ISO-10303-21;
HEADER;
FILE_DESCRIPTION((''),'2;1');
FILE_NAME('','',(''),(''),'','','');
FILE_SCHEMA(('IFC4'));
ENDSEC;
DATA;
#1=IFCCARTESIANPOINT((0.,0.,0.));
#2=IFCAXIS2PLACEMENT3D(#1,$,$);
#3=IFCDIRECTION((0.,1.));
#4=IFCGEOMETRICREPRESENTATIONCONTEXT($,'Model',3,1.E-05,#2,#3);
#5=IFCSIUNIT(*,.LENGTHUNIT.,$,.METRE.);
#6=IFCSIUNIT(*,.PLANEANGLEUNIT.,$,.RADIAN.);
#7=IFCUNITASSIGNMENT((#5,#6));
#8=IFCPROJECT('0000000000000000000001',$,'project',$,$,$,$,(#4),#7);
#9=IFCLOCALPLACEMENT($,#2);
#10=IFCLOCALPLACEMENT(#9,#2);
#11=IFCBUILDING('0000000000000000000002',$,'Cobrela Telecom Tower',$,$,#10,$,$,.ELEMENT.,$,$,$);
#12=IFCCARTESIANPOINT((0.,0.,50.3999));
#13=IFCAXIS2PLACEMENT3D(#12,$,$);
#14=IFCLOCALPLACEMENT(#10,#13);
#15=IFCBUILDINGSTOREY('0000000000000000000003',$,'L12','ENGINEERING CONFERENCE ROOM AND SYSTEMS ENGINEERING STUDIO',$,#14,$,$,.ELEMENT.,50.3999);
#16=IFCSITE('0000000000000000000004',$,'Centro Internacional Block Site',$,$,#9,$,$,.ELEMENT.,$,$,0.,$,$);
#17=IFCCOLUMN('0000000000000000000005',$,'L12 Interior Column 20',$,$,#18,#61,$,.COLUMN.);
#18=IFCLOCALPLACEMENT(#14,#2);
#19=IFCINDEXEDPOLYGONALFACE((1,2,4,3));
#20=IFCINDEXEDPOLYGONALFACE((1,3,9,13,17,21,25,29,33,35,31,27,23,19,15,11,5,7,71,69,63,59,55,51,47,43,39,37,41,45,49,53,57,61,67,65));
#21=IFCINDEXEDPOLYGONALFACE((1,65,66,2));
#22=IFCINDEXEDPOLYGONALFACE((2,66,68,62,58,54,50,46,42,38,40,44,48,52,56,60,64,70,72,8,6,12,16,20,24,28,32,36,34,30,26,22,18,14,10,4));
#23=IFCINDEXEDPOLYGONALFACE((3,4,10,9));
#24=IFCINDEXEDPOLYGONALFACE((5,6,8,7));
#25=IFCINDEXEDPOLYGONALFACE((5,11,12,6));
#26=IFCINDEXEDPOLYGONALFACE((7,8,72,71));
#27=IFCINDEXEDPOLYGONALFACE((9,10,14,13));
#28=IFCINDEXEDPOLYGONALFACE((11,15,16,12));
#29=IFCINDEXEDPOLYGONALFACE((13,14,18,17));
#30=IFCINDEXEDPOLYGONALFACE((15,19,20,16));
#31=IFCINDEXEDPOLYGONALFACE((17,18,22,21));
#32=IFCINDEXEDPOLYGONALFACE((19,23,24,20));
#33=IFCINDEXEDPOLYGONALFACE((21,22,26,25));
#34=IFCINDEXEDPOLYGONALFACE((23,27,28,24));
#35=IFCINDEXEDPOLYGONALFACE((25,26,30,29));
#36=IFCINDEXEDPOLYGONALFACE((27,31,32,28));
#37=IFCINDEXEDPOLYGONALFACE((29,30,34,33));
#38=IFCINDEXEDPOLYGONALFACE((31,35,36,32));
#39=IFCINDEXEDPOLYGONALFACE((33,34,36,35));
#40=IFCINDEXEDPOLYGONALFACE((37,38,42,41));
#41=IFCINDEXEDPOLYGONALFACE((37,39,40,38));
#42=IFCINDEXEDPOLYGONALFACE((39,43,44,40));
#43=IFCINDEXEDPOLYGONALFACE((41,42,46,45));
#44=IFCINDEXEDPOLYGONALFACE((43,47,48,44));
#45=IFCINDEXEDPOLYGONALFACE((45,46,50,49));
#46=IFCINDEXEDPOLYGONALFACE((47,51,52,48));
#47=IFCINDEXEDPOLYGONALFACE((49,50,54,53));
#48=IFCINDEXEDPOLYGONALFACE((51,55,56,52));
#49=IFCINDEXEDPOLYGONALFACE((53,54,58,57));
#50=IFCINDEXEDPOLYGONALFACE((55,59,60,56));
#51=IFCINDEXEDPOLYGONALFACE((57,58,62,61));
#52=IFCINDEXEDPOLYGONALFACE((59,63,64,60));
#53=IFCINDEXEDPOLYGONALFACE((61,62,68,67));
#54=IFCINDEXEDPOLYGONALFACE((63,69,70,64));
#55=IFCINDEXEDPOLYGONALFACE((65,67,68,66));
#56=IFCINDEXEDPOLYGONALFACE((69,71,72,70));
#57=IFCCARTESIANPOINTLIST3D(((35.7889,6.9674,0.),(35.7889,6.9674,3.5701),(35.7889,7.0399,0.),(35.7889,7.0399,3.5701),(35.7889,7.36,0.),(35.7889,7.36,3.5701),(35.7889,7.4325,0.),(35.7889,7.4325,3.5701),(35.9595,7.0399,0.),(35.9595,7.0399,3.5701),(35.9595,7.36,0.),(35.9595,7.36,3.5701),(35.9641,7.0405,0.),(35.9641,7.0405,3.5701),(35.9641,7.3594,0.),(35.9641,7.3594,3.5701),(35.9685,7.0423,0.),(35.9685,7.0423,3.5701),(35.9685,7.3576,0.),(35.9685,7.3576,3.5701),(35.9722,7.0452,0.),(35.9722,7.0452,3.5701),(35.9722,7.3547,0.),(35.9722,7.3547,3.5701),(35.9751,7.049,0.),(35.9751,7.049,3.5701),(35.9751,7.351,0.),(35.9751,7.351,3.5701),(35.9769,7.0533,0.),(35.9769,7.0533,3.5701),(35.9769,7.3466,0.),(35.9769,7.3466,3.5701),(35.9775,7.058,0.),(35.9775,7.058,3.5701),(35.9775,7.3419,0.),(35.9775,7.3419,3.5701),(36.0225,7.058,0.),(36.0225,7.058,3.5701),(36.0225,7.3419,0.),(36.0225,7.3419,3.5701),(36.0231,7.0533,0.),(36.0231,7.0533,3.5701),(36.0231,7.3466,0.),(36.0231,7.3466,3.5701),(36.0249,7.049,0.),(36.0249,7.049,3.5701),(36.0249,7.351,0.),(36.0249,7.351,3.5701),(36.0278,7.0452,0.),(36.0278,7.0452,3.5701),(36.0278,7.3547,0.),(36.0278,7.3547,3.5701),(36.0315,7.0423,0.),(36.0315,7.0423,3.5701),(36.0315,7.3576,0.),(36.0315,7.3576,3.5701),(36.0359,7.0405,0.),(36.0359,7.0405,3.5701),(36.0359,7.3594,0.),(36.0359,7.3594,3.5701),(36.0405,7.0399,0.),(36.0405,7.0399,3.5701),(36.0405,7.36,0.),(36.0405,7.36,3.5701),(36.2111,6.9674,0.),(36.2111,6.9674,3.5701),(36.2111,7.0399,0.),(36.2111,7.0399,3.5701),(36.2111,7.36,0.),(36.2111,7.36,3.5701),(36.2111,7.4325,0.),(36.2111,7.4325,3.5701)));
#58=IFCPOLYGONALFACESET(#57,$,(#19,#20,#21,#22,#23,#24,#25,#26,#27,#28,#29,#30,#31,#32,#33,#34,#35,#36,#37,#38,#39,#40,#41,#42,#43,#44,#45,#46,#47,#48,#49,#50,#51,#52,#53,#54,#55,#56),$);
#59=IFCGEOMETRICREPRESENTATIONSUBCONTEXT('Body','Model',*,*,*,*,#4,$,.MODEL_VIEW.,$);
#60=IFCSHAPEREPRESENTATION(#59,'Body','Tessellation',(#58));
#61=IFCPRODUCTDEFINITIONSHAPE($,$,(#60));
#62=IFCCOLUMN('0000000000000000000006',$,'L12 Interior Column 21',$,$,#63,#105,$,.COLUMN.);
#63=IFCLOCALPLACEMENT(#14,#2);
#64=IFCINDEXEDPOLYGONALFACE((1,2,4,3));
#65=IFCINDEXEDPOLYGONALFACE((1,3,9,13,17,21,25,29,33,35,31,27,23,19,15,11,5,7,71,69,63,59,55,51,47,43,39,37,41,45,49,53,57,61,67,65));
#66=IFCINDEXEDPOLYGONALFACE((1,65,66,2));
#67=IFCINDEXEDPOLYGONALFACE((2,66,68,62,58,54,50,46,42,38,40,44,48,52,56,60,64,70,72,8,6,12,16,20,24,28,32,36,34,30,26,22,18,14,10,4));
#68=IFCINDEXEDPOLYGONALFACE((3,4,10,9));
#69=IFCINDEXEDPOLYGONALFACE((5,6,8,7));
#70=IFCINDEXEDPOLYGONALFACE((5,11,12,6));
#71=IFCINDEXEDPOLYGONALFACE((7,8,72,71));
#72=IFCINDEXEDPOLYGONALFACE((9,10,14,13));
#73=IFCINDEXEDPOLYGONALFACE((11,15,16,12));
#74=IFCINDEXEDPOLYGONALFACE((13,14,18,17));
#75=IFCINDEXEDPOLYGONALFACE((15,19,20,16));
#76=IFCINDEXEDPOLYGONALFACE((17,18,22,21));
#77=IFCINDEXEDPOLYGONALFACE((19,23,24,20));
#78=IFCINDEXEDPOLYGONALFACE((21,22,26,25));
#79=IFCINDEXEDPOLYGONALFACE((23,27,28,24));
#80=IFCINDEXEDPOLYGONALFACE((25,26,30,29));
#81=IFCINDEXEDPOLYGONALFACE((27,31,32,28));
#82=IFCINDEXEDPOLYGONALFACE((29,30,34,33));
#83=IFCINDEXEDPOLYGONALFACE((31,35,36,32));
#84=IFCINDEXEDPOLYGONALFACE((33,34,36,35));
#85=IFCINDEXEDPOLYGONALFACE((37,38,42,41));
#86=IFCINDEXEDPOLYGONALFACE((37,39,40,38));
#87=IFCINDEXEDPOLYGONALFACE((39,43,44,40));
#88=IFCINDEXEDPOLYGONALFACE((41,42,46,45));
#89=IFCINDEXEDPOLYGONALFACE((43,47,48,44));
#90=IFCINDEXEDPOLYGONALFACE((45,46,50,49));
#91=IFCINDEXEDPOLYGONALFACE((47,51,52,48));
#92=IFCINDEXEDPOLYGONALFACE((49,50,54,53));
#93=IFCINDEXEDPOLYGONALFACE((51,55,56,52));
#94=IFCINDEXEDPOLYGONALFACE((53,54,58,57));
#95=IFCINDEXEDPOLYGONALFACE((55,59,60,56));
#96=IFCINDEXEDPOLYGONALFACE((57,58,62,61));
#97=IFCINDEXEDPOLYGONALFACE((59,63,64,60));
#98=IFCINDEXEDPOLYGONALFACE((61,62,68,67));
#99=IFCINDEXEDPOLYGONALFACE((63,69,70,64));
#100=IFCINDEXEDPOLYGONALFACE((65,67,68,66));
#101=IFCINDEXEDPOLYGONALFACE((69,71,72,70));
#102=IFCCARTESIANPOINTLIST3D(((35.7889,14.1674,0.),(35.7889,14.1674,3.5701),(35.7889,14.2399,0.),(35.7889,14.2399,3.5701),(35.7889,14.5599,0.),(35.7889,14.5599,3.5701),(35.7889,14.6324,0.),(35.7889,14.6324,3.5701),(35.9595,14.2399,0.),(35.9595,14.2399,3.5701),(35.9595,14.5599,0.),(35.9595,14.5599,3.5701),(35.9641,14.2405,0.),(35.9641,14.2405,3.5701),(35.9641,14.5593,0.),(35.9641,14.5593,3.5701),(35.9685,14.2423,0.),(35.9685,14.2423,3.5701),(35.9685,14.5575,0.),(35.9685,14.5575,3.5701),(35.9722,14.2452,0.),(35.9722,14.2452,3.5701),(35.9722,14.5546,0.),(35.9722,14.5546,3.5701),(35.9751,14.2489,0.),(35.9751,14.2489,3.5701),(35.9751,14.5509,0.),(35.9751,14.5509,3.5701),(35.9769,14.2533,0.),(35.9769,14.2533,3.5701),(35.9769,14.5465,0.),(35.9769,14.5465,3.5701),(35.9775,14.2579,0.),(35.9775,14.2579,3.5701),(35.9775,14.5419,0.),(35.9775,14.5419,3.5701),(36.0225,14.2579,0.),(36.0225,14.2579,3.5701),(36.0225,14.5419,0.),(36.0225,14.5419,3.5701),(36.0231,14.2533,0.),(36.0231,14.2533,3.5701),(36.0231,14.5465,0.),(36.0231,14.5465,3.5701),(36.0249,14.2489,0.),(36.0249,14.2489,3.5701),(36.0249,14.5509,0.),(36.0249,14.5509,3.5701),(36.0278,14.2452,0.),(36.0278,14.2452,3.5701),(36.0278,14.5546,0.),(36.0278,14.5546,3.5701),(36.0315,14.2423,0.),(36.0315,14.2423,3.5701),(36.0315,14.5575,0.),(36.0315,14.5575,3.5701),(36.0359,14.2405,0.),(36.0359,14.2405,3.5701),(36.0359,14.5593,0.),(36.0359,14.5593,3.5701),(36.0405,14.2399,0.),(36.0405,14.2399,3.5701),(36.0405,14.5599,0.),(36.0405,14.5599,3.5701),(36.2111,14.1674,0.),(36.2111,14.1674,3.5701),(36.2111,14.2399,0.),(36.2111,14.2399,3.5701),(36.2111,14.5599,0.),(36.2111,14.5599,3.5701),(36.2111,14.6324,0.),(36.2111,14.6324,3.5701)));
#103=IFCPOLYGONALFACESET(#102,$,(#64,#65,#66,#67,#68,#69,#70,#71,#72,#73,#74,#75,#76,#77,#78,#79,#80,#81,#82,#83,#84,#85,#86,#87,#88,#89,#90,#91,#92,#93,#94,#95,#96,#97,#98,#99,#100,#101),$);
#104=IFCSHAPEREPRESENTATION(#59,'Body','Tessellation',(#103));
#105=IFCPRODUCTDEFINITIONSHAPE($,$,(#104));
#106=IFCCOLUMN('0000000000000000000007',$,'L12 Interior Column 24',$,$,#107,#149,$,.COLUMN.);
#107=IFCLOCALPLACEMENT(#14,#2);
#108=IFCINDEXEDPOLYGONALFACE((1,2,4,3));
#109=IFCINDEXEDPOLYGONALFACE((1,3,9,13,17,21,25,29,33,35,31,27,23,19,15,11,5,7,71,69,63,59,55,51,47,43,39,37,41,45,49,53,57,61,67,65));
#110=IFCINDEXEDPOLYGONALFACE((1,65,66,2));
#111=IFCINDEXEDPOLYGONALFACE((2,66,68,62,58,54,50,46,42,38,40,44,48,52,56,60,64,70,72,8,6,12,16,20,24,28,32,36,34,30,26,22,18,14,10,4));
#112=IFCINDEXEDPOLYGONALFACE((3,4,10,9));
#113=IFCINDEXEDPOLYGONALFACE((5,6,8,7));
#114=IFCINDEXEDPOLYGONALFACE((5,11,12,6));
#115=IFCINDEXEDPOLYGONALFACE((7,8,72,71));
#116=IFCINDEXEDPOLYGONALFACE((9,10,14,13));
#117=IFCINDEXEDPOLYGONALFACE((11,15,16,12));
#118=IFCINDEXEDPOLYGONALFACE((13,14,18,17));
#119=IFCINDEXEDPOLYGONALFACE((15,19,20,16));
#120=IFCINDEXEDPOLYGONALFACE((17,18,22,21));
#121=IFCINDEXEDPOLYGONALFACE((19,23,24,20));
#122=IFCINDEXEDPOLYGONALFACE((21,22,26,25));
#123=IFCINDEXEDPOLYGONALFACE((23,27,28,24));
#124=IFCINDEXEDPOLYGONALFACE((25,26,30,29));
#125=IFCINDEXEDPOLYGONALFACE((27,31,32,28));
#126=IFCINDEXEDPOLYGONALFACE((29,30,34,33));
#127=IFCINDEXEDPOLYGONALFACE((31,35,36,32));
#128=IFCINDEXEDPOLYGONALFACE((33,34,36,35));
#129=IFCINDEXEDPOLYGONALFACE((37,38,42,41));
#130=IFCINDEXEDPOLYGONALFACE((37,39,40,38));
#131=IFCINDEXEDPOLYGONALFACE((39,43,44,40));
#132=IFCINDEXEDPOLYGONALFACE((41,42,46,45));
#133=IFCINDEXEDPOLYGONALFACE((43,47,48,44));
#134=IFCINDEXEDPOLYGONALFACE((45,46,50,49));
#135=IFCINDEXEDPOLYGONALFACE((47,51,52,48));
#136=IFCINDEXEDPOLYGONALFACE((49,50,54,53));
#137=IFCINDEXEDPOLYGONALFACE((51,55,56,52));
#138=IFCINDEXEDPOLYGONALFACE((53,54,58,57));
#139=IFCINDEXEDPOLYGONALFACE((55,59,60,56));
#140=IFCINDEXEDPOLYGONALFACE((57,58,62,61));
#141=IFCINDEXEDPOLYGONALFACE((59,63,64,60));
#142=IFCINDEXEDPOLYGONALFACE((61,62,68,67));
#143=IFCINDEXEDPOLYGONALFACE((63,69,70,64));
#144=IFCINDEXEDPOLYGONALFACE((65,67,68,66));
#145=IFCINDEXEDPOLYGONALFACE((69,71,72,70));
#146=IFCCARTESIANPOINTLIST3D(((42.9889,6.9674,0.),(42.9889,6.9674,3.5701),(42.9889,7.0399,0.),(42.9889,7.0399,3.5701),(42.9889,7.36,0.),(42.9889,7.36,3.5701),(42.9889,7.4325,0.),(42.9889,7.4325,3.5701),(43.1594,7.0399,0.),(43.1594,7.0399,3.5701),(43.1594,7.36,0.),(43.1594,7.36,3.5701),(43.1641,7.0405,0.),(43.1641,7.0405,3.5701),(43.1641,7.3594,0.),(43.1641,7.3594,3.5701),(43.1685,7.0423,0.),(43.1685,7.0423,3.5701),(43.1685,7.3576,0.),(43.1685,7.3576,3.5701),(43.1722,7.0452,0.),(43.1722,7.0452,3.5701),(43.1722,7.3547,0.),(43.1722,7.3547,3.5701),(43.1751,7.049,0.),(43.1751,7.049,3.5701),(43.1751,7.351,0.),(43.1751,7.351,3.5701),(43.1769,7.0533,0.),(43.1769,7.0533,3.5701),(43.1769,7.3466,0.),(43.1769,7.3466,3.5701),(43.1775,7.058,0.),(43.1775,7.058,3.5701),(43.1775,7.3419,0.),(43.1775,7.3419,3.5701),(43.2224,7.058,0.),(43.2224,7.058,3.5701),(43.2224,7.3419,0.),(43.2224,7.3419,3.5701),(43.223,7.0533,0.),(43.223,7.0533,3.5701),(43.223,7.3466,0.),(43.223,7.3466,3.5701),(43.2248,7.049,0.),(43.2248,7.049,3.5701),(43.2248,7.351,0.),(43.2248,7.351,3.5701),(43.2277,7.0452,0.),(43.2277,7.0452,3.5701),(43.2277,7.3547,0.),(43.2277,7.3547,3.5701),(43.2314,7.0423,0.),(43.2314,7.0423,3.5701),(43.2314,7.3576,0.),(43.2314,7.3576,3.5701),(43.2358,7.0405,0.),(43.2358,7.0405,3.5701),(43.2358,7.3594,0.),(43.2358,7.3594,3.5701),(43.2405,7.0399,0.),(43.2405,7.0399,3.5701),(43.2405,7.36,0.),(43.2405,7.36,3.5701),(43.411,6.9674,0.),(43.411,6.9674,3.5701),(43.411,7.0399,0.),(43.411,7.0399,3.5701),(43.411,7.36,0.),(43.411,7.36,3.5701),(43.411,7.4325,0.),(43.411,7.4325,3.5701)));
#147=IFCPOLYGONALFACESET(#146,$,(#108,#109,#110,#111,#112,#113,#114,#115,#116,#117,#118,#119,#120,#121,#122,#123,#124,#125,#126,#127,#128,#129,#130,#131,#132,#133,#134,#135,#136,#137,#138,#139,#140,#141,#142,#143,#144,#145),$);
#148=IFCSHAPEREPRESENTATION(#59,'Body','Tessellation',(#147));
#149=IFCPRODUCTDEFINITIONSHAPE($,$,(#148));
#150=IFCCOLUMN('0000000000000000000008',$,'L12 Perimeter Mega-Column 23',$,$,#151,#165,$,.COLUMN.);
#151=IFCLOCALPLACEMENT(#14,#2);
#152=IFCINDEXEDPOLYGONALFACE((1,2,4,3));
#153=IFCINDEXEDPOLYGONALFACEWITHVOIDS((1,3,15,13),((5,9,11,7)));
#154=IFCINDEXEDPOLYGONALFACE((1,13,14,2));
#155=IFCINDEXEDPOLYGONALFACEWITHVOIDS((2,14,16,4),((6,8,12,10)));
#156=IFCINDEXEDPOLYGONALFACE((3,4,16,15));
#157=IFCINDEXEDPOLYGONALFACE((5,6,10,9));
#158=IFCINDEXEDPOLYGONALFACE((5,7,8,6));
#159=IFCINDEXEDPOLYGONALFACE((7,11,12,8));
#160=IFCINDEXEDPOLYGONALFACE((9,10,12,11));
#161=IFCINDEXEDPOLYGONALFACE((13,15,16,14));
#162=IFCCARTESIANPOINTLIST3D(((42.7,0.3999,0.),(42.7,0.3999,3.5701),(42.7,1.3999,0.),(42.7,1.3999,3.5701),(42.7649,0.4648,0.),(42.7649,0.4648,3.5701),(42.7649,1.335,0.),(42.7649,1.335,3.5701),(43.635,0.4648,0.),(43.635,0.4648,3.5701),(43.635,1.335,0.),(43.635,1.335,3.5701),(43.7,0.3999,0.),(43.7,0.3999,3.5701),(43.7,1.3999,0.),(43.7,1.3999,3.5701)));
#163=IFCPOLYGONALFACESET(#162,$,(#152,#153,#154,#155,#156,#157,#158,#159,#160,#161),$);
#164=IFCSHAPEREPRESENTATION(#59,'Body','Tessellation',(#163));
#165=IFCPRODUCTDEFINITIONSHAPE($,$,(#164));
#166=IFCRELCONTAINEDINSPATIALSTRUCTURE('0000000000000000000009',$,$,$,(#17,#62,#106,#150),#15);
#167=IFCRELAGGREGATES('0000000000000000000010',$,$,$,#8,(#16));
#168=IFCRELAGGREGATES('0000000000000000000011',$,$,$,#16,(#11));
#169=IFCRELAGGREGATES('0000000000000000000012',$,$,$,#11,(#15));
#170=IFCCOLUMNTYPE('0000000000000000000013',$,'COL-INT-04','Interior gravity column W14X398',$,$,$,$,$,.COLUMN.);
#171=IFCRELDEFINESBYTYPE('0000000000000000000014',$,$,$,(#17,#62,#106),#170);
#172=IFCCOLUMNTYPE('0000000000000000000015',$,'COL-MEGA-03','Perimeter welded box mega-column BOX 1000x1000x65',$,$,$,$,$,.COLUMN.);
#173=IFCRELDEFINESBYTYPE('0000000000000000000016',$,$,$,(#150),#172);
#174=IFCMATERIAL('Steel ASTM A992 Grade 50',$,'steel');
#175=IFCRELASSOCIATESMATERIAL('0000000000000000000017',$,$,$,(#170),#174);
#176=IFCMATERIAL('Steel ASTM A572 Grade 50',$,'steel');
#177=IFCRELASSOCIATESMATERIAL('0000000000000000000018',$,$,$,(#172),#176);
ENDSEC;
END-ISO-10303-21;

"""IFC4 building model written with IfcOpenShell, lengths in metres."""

from ifc_helpers import new_model, si_unit, direction, frame, origin, origin_2d, place, context, subcontext, project, spatial, hollow_rectangle, i_section, extrude, material, material_profile, profile_set, type_object, element, save


model = new_model("IFC4")

# Units and contexts
model_context = context("Model", 3, precision=1e-05, world=origin(), true_north=direction((0.0, 1.0)))
body_context = subcontext(model_context, "Body", "Model", "MODEL_VIEW")
ifc_project = project(units=[si_unit("LENGTHUNIT", "METRE"), si_unit("PLANEANGLEUNIT", "RADIAN")], contexts=[model_context])

# Site, building, storey
site_placement = place(None, origin())
site = spatial("IfcSite", under=ifc_project, at=site_placement, Name="Centro Internacional Block Site", CompositionType="ELEMENT", RefElevation=0.0)
building_placement = place(site_placement, origin())
building = spatial("IfcBuilding", under=site, at=building_placement, Name="Cobrela Telecom Tower", CompositionType="ELEMENT")
storey_placement = place(building_placement, frame((0.0, 0.0, 50.3999)))
storey = spatial("IfcBuildingStorey", under=building, at=storey_placement, Name="L12", Description="ENGINEERING CONFERENCE ROOM AND SYSTEMS ENGINEERING STUDIO", CompositionType="ELEMENT", Elevation=50.3999)

# Columns
ifc_material_1 = material(Name="Steel ASTM A992 Grade 50", Category="steel")
ifc_material_profile_1 = material_profile(ifc_material_1, i_section(OverallWidth=0.4221, OverallDepth=0.4651, WebThickness=0.0449, FlangeThickness=0.0725, FilletRadius=0.0181, at=origin_2d()), Name="W14X398")
ifc_profile_set_1 = profile_set([ifc_material_profile_1], Name="Steel ASTM A992 Grade 50")
column_type_1 = type_object("IfcColumnType", Name="COL-INT-04", Description="Interior gravity column W14X398", PredefinedType="COLUMN", material=ifc_profile_set_1)
for number, where, z_axis, x_axis, name in (
    (1, (36.0, 7.2, 0.0), (0.0, 0.0, 1.0), (1.0, 0.0, 0.0), "L12 Interior Column 20"),
    (2, (36.0, 14.3999, 0.0), (0.0, 0.0, 1.0), (1.0, 0.0, 0.0), "L12 Interior Column 21"),
    (3, (43.2, 7.2, 0.0), (0.0, 0.0, 1.0), (1.0, 0.0, 0.0), "L12 Interior Column 24"),
):
    element("IfcColumn", number, at=place(storey_placement, frame(where, z_axis=z_axis, x_axis=x_axis)), inside=storey, type_object=column_type_1, Name=name, PredefinedType="COLUMN", context=body_context, shape_type="SweptSolid", body=[
        extrude(i_section(OverallWidth=0.4221, OverallDepth=0.4651, WebThickness=0.0449, FlangeThickness=0.0725, FilletRadius=0.0181, at=origin_2d()), origin(), (0.0, 0.0, 1.0), 3.5701),
    ])
ifc_material_2 = material(Name="Steel ASTM A572 Grade 50", Category="steel")
ifc_material_profile_2 = material_profile(ifc_material_2, hollow_rectangle(XDim=1.0, YDim=1.0, WallThickness=0.0649, at=origin_2d()), Name="BOX 1000x1000x65")
ifc_profile_set_2 = profile_set([ifc_material_profile_2], Name="Steel ASTM A572 Grade 50")
column_type_2 = type_object("IfcColumnType", Name="COL-MEGA-03", Description="Perimeter welded box mega-column BOX 1000x1000x65", PredefinedType="COLUMN", material=ifc_profile_set_2)
column_placement = place(storey_placement, frame((43.2, 0.8999, 0.0), z_axis=(0.0, 0.0, 1.0), x_axis=(1.0, 0.0, 0.0)))
element("IfcColumn", 4, at=column_placement, inside=storey, type_object=column_type_2, Name="L12 Perimeter Mega-Column 23", PredefinedType="COLUMN", context=body_context, shape_type="SweptSolid", body=[
    extrude(hollow_rectangle(XDim=1.0, YDim=1.0, WallThickness=0.0649, at=origin_2d()), origin(), (0.0, 0.0, 1.0), 3.5701),
])

save(model, "model.ifc")
